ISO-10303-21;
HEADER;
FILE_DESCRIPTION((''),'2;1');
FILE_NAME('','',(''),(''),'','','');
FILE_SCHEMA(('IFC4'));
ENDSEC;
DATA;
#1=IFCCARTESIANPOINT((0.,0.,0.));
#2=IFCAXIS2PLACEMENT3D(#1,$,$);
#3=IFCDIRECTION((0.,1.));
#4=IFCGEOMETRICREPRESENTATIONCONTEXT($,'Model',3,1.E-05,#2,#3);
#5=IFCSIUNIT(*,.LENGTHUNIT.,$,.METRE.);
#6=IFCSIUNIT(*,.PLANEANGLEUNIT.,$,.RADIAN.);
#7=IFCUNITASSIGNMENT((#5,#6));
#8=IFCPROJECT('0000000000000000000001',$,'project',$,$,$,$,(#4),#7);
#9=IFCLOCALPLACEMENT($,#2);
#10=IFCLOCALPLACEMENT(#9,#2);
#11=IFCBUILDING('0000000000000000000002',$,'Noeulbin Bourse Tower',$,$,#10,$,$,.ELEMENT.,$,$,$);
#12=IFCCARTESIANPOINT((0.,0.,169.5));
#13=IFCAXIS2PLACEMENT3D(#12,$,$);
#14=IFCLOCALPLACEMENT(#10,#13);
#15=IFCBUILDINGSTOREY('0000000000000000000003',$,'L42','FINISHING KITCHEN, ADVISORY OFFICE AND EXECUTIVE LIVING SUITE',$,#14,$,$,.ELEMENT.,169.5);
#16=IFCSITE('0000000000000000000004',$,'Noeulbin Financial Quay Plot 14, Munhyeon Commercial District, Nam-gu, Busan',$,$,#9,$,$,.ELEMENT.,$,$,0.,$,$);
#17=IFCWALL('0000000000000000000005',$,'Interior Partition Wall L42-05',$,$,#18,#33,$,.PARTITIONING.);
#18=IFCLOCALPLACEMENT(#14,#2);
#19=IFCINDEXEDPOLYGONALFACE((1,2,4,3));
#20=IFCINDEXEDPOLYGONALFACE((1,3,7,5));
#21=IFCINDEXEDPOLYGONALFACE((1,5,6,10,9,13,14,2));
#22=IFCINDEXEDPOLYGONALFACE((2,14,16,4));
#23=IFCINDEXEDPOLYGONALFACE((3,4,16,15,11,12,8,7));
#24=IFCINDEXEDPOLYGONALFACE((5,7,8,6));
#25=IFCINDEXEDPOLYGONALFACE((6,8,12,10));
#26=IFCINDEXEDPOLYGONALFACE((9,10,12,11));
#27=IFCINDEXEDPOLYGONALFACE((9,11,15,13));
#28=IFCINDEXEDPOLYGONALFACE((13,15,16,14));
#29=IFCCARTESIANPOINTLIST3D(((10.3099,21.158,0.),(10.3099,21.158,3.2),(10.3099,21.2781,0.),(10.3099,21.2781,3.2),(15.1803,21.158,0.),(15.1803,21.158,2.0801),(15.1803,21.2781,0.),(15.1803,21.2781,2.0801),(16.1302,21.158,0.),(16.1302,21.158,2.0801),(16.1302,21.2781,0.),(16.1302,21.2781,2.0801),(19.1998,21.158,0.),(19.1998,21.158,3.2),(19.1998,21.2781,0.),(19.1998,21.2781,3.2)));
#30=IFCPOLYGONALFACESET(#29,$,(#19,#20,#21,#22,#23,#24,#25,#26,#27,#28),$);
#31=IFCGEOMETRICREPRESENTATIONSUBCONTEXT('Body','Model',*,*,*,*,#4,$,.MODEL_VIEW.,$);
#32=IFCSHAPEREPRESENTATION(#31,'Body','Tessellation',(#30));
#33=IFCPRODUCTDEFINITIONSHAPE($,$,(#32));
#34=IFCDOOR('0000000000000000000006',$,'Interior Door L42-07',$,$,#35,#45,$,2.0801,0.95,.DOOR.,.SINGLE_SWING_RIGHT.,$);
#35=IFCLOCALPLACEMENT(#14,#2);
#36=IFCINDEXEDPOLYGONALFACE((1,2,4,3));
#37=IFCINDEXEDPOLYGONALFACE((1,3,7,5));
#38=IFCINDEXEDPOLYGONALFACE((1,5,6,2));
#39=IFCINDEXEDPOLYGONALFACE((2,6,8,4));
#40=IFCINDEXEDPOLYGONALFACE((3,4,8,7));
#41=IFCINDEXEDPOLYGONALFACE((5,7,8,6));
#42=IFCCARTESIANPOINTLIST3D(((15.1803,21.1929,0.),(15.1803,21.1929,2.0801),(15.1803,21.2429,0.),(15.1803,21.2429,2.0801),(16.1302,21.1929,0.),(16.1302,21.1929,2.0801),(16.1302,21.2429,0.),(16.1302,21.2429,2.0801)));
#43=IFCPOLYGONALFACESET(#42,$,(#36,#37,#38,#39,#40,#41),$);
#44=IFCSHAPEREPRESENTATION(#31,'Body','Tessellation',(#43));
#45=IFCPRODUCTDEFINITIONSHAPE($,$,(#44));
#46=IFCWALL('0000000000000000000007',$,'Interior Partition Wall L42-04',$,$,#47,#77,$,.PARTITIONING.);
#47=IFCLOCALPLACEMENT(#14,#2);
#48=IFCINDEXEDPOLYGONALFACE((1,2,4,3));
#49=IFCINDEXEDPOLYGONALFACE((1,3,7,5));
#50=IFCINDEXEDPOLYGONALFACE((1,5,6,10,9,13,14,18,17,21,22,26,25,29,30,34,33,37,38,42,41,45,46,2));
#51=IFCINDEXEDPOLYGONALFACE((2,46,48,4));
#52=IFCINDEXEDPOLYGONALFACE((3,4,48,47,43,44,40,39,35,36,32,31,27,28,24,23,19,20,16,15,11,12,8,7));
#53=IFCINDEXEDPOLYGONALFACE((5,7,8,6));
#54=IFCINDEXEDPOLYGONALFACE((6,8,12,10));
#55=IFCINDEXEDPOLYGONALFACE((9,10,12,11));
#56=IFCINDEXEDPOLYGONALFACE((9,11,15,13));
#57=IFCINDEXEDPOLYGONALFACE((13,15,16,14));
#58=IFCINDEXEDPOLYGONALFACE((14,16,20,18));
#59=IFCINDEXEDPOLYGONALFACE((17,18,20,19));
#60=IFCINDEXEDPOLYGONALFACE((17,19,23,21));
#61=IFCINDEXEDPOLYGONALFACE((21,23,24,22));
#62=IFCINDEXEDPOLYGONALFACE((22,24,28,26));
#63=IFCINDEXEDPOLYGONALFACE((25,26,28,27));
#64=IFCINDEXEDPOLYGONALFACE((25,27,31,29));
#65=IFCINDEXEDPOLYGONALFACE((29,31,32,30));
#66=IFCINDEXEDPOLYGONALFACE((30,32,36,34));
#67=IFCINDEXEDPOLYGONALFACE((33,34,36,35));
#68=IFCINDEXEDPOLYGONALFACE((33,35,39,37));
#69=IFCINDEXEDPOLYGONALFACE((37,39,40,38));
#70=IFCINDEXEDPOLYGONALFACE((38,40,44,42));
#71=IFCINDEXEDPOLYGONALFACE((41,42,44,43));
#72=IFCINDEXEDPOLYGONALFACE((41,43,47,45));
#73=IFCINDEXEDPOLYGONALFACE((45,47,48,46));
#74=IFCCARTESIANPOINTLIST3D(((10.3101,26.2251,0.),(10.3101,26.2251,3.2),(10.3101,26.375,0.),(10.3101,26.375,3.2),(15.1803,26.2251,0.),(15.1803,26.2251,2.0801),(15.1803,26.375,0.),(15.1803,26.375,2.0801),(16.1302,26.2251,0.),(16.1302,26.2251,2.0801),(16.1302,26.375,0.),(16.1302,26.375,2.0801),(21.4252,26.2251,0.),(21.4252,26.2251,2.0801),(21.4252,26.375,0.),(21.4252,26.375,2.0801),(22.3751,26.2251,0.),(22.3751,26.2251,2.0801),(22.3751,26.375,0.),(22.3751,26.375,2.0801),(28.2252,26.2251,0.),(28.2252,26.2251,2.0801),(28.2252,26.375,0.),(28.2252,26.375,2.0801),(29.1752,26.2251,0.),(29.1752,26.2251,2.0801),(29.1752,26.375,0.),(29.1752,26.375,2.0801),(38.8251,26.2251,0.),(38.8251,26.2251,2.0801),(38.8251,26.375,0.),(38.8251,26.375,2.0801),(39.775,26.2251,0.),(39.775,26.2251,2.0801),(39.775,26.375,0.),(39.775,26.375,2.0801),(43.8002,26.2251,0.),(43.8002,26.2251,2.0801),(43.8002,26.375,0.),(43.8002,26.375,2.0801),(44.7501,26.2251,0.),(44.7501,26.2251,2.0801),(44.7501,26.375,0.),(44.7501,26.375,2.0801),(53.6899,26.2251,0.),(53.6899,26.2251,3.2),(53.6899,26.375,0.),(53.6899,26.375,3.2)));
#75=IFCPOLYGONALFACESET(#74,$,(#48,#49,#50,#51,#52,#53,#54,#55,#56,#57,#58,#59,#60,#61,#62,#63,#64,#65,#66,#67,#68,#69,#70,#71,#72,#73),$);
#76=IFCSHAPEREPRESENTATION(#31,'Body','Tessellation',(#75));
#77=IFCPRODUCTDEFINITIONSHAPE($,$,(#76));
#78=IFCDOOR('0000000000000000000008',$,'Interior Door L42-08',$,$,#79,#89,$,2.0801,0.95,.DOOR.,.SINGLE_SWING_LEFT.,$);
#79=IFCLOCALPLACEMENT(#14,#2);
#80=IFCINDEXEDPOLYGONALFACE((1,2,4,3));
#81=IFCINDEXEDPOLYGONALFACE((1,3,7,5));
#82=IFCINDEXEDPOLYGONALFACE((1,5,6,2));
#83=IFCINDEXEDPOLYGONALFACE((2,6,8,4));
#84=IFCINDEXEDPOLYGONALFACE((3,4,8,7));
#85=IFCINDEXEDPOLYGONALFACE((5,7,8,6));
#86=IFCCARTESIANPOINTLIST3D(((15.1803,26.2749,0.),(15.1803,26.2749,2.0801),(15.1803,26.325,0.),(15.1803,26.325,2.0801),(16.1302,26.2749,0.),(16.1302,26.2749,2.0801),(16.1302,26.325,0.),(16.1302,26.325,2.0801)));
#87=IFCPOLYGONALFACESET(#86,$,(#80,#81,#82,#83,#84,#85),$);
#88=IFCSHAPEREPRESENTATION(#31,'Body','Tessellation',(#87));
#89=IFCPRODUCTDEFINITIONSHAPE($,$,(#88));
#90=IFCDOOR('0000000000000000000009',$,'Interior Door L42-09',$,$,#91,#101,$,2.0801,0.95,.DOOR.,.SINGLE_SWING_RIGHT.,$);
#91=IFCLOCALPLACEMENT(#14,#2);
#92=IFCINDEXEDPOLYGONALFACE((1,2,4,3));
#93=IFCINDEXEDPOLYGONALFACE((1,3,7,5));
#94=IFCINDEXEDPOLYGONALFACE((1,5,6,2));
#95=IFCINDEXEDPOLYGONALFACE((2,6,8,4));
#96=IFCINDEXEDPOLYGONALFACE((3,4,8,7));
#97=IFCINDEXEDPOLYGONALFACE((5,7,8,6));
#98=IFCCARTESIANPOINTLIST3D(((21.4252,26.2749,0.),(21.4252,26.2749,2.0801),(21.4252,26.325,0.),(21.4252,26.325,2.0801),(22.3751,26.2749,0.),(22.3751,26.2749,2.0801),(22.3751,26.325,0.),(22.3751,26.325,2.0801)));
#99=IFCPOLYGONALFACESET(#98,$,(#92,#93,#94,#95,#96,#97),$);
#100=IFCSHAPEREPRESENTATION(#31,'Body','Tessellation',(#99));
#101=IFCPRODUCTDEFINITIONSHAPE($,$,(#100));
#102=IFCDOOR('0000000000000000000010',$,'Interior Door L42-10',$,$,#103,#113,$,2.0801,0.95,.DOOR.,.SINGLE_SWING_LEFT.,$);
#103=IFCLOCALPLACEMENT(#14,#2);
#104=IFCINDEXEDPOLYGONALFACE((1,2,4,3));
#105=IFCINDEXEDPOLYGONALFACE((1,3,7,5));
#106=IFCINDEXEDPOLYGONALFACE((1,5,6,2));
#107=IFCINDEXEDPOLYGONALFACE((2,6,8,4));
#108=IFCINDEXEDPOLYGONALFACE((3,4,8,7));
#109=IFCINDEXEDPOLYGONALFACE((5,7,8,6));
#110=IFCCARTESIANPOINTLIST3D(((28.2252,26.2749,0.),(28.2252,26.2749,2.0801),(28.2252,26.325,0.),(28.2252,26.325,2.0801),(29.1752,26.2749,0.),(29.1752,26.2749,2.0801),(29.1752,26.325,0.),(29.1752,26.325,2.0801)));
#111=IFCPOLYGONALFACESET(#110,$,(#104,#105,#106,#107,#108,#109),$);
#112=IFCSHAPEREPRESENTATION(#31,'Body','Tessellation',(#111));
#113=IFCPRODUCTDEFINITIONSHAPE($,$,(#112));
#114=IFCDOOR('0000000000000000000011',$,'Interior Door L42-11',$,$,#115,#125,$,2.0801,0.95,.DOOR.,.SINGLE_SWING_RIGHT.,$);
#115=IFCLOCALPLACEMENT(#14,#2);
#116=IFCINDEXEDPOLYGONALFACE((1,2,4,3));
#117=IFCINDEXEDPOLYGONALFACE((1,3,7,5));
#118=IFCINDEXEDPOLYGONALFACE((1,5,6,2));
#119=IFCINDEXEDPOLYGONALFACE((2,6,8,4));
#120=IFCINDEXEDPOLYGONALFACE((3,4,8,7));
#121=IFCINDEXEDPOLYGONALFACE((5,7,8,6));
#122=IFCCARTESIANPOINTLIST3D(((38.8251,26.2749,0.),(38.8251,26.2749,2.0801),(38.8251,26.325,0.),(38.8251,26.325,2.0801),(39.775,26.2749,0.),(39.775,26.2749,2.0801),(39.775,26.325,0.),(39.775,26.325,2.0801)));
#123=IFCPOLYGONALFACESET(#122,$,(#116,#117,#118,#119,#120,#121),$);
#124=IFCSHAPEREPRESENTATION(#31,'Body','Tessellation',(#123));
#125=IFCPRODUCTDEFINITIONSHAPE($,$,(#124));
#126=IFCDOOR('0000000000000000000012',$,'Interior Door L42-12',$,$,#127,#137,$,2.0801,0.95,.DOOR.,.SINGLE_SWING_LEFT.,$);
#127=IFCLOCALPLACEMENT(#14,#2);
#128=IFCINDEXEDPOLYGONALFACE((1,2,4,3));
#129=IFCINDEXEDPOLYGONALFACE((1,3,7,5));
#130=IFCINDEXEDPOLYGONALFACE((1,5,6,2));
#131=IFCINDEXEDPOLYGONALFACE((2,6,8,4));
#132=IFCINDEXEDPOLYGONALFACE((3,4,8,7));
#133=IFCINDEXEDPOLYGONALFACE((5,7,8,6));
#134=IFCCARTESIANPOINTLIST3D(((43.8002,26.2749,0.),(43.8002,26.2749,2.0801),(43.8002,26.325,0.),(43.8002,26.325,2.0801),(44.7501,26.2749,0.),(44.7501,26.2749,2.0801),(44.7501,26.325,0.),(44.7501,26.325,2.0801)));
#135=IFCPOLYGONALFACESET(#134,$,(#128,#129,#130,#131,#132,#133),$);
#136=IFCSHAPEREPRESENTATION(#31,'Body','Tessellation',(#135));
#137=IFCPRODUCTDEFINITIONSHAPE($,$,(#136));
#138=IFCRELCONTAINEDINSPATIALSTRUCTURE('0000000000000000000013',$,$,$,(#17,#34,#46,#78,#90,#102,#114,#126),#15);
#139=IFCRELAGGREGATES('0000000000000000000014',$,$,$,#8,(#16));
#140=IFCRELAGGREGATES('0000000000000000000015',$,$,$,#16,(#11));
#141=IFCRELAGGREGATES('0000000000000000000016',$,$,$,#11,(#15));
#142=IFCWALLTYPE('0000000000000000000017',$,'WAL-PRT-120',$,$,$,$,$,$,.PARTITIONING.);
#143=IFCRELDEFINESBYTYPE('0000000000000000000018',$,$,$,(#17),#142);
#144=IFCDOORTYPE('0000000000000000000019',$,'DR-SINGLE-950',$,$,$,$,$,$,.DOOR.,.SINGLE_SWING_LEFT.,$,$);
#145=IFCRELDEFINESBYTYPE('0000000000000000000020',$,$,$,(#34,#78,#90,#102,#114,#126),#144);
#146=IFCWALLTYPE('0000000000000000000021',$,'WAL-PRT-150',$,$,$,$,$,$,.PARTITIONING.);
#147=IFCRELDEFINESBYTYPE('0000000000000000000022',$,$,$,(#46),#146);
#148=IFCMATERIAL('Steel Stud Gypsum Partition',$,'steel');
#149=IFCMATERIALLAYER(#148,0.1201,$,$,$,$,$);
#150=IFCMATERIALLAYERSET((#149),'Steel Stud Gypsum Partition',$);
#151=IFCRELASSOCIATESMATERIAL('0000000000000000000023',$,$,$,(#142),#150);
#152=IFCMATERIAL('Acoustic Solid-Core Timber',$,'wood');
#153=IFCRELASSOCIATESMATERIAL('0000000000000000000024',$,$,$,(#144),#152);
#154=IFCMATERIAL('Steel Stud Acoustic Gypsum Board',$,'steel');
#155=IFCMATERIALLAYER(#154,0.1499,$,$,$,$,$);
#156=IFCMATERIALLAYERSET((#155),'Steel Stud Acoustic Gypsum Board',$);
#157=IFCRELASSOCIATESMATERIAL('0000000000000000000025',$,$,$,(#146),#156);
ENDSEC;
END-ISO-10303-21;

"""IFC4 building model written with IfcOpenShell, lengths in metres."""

from ifc_helpers import new_model, si_unit, direction, frame, frame_2d, origin, place, context, subcontext, project, spatial, rectangle, extrude, material, layer, layer_set, type_object, element, fill, save


model = new_model("IFC4")

# Units and contexts
model_context = context("Model", 3, precision=1e-05, world=origin(), true_north=direction((0.0, 1.0)))
body_context = subcontext(model_context, "Body", "Model", "MODEL_VIEW")
ifc_project = project(units=[si_unit("LENGTHUNIT", "METRE"), si_unit("PLANEANGLEUNIT", "RADIAN")], contexts=[model_context])

# Site, building, storey
site_placement = place(None, origin())
site = spatial("IfcSite", under=ifc_project, at=site_placement, Name="Noeulbin Financial Quay Plot 14, Munhyeon Commercial District, Nam-gu, Busan", CompositionType="ELEMENT", RefElevation=0.0)
building_placement = place(site_placement, origin())
building = spatial("IfcBuilding", under=site, at=building_placement, Name="Noeulbin Bourse Tower", CompositionType="ELEMENT")
storey_placement = place(building_placement, frame((0.0, 0.0, 169.5)))
storey = spatial("IfcBuildingStorey", under=building, at=storey_placement, Name="L42", Description="FINISHING KITCHEN, ADVISORY OFFICE AND EXECUTIVE LIVING SUITE", CompositionType="ELEMENT", Elevation=169.5)

# Wall, opening, door
ifc_material_1 = material(Name="Steel Stud Gypsum Partition", Category="steel")
ifc_layer_1 = layer(ifc_material_1, 0.1201)
ifc_layer_set_1 = layer_set([ifc_layer_1], Name="Steel Stud Gypsum Partition")
wall_type_1 = type_object("IfcWallType", Name="WAL-PRT-120", PredefinedType="PARTITIONING", material=ifc_layer_set_1)
wall_1_placement = place(storey_placement, frame((10.3101, 21.218, 0.0), z_axis=(0.0, 0.0, 1.0), x_axis=(1.0, 0.0, 0.0)))
wall_1 = element("IfcWall", 1, at=wall_1_placement, inside=storey, type_object=wall_type_1, Name="Interior Partition Wall L42-05", PredefinedType="PARTITIONING", context=body_context, shape_type="SweptSolid", body=[
    extrude(rectangle(XDim=8.8899, YDim=0.1201, at=frame_2d((4.4448, 0.0))), origin(), (0.0, 0.0, 1.0), 3.2),
])
opening_1_placement = place(wall_1_placement, frame((4.8701, 0.0, 0.0)))
opening_1 = element("IfcOpeningElement", 2, at=opening_1_placement, cuts=wall_1, PredefinedType="OPENING", context=body_context, shape_type="SweptSolid", body=[
    extrude(rectangle(XDim=0.95, YDim=2.0801, at=frame_2d((0.4751, 1.04))), frame((0.0, 0.0701, 0.0), z_axis=(0.0, -1.0, 0.0), x_axis=(1.0, 0.0, 0.0)), (0.0, 0.0, 1.0), 0.1401),
])
ifc_material_2 = material(Name="Acoustic Solid-Core Timber", Category="wood")
door_type = type_object("IfcDoorType", Name="DR-SINGLE-950", OperationType="SINGLE_SWING_LEFT", PredefinedType="DOOR", material=ifc_material_2)
door_1_placement = place(opening_1_placement, origin())
door_1 = element("IfcDoor", 3, at=door_1_placement, inside=storey, type_object=door_type, Name="Interior Door L42-07", OperationType="SINGLE_SWING_RIGHT", OverallHeight=2.0801, OverallWidth=0.95, PredefinedType="DOOR", context=body_context, shape_type="SweptSolid", body=[
    extrude(rectangle(XDim=0.95, YDim=2.0801, at=frame_2d((0.4751, 1.04))), frame((0.0, 0.0249, 0.0), z_axis=(0.0, -1.0, 0.0), x_axis=(1.0, 0.0, 0.0)), (0.0, 0.0, 1.0), 0.05),
])
fill(opening_1, door_1)

# Wall, openings, doors
ifc_material_3 = material(Name="Steel Stud Acoustic Gypsum Board", Category="steel")
ifc_layer_2 = layer(ifc_material_3, 0.1499)
ifc_layer_set_2 = layer_set([ifc_layer_2], Name="Steel Stud Acoustic Gypsum Board")
wall_type_2 = type_object("IfcWallType", Name="WAL-PRT-150", PredefinedType="PARTITIONING", material=ifc_layer_set_2)
wall_2_placement = place(storey_placement, frame((10.3101, 26.3, 0.0), z_axis=(0.0, 0.0, 1.0), x_axis=(1.0, 0.0, 0.0)))
wall_2 = element("IfcWall", 4, at=wall_2_placement, inside=storey, type_object=wall_type_2, Name="Interior Partition Wall L42-04", PredefinedType="PARTITIONING", context=body_context, shape_type="SweptSolid", body=[
    extrude(rectangle(XDim=43.3799, YDim=0.1499, at=frame_2d((21.6899, 0.0))), origin(), (0.0, 0.0, 1.0), 3.2),
])
opening_2_placement = place(wall_2_placement, frame((4.8701, 0.0, 0.0)))
opening_2 = element("IfcOpeningElement", 5, at=opening_2_placement, cuts=wall_2, PredefinedType="OPENING", context=body_context, shape_type="SweptSolid", body=[
    extrude(rectangle(XDim=0.95, YDim=2.0801, at=frame_2d((0.4751, 1.04))), frame((0.0, 0.085, 0.0), z_axis=(0.0, -1.0, 0.0), x_axis=(1.0, 0.0, 0.0)), (0.0, 0.0, 1.0), 0.1699),
])
opening_3_placement = place(wall_2_placement, frame((11.115, 0.0, 0.0)))
opening_3 = element("IfcOpeningElement", 6, at=opening_3_placement, cuts=wall_2, PredefinedType="OPENING", context=body_context, shape_type="SweptSolid", body=[
    extrude(rectangle(XDim=0.95, YDim=2.0801, at=frame_2d((0.4751, 1.04))), frame((0.0, 0.085, 0.0), z_axis=(0.0, -1.0, 0.0), x_axis=(1.0, 0.0, 0.0)), (0.0, 0.0, 1.0), 0.1699),
])
opening_4_placement = place(wall_2_placement, frame((17.915, 0.0, 0.0)))
opening_4 = element("IfcOpeningElement", 7, at=opening_4_placement, cuts=wall_2, PredefinedType="OPENING", context=body_context, shape_type="SweptSolid", body=[
    extrude(rectangle(XDim=0.95, YDim=2.0801, at=frame_2d((0.4751, 1.04))), frame((0.0, 0.085, 0.0), z_axis=(0.0, -1.0, 0.0), x_axis=(1.0, 0.0, 0.0)), (0.0, 0.0, 1.0), 0.1699),
])
opening_5_placement = place(wall_2_placement, frame((28.5149, 0.0, 0.0)))
opening_5 = element("IfcOpeningElement", 8, at=opening_5_placement, cuts=wall_2, PredefinedType="OPENING", context=body_context, shape_type="SweptSolid", body=[
    extrude(rectangle(XDim=0.95, YDim=2.0801, at=frame_2d((0.4751, 1.04))), frame((0.0, 0.085, 0.0), z_axis=(0.0, -1.0, 0.0), x_axis=(1.0, 0.0, 0.0)), (0.0, 0.0, 1.0), 0.1699),
])
opening_6_placement = place(wall_2_placement, frame((33.49, 0.0, 0.0)))
opening_6 = element("IfcOpeningElement", 9, at=opening_6_placement, cuts=wall_2, PredefinedType="OPENING", context=body_context, shape_type="SweptSolid", body=[
    extrude(rectangle(XDim=0.95, YDim=2.0801, at=frame_2d((0.4751, 1.04))), frame((0.0, 0.085, 0.0), z_axis=(0.0, -1.0, 0.0), x_axis=(1.0, 0.0, 0.0)), (0.0, 0.0, 1.0), 0.1699),
])
door_2_placement = place(opening_2_placement, origin())
door_2 = element("IfcDoor", 10, at=door_2_placement, inside=storey, type_object=door_type, Name="Interior Door L42-08", OperationType="SINGLE_SWING_LEFT", OverallHeight=2.0801, OverallWidth=0.95, PredefinedType="DOOR", context=body_context, shape_type="SweptSolid", body=[
    extrude(rectangle(XDim=0.95, YDim=2.0801, at=frame_2d((0.4751, 1.04))), frame((0.0, 0.0249, 0.0), z_axis=(0.0, -1.0, 0.0), x_axis=(1.0, 0.0, 0.0)), (0.0, 0.0, 1.0), 0.05),
])
fill(opening_2, door_2)
door_3_placement = place(opening_3_placement, origin())
door_3 = element("IfcDoor", 11, at=door_3_placement, inside=storey, type_object=door_type, Name="Interior Door L42-09", OperationType="SINGLE_SWING_RIGHT", OverallHeight=2.0801, OverallWidth=0.95, PredefinedType="DOOR", context=body_context, shape_type="SweptSolid", body=[
    extrude(rectangle(XDim=0.95, YDim=2.0801, at=frame_2d((0.4751, 1.04))), frame((0.0, 0.0249, 0.0), z_axis=(0.0, -1.0, 0.0), x_axis=(1.0, 0.0, 0.0)), (0.0, 0.0, 1.0), 0.05),
])
fill(opening_3, door_3)
door_4_placement = place(opening_4_placement, origin())
door_4 = element("IfcDoor", 12, at=door_4_placement, inside=storey, type_object=door_type, Name="Interior Door L42-10", OperationType="SINGLE_SWING_LEFT", OverallHeight=2.0801, OverallWidth=0.95, PredefinedType="DOOR", context=body_context, shape_type="SweptSolid", body=[
    extrude(rectangle(XDim=0.95, YDim=2.0801, at=frame_2d((0.4751, 1.04))), frame((0.0, 0.0249, 0.0), z_axis=(0.0, -1.0, 0.0), x_axis=(1.0, 0.0, 0.0)), (0.0, 0.0, 1.0), 0.05),
])
fill(opening_4, door_4)
door_5_placement = place(opening_5_placement, origin())
door_5 = element("IfcDoor", 13, at=door_5_placement, inside=storey, type_object=door_type, Name="Interior Door L42-11", OperationType="SINGLE_SWING_RIGHT", OverallHeight=2.0801, OverallWidth=0.95, PredefinedType="DOOR", context=body_context, shape_type="SweptSolid", body=[
    extrude(rectangle(XDim=0.95, YDim=2.0801, at=frame_2d((0.4751, 1.04))), frame((0.0, 0.0249, 0.0), z_axis=(0.0, -1.0, 0.0), x_axis=(1.0, 0.0, 0.0)), (0.0, 0.0, 1.0), 0.05),
])
fill(opening_5, door_5)
door_6_placement = place(opening_6_placement, origin())
door_6 = element("IfcDoor", 14, at=door_6_placement, inside=storey, type_object=door_type, Name="Interior Door L42-12", OperationType="SINGLE_SWING_LEFT", OverallHeight=2.0801, OverallWidth=0.95, PredefinedType="DOOR", context=body_context, shape_type="SweptSolid", body=[
    extrude(rectangle(XDim=0.95, YDim=2.0801, at=frame_2d((0.4751, 1.04))), frame((0.0, 0.0249, 0.0), z_axis=(0.0, -1.0, 0.0), x_axis=(1.0, 0.0, 0.0)), (0.0, 0.0, 1.0), 0.05),
])
fill(opening_6, door_6)

save(model, "model.ifc")
